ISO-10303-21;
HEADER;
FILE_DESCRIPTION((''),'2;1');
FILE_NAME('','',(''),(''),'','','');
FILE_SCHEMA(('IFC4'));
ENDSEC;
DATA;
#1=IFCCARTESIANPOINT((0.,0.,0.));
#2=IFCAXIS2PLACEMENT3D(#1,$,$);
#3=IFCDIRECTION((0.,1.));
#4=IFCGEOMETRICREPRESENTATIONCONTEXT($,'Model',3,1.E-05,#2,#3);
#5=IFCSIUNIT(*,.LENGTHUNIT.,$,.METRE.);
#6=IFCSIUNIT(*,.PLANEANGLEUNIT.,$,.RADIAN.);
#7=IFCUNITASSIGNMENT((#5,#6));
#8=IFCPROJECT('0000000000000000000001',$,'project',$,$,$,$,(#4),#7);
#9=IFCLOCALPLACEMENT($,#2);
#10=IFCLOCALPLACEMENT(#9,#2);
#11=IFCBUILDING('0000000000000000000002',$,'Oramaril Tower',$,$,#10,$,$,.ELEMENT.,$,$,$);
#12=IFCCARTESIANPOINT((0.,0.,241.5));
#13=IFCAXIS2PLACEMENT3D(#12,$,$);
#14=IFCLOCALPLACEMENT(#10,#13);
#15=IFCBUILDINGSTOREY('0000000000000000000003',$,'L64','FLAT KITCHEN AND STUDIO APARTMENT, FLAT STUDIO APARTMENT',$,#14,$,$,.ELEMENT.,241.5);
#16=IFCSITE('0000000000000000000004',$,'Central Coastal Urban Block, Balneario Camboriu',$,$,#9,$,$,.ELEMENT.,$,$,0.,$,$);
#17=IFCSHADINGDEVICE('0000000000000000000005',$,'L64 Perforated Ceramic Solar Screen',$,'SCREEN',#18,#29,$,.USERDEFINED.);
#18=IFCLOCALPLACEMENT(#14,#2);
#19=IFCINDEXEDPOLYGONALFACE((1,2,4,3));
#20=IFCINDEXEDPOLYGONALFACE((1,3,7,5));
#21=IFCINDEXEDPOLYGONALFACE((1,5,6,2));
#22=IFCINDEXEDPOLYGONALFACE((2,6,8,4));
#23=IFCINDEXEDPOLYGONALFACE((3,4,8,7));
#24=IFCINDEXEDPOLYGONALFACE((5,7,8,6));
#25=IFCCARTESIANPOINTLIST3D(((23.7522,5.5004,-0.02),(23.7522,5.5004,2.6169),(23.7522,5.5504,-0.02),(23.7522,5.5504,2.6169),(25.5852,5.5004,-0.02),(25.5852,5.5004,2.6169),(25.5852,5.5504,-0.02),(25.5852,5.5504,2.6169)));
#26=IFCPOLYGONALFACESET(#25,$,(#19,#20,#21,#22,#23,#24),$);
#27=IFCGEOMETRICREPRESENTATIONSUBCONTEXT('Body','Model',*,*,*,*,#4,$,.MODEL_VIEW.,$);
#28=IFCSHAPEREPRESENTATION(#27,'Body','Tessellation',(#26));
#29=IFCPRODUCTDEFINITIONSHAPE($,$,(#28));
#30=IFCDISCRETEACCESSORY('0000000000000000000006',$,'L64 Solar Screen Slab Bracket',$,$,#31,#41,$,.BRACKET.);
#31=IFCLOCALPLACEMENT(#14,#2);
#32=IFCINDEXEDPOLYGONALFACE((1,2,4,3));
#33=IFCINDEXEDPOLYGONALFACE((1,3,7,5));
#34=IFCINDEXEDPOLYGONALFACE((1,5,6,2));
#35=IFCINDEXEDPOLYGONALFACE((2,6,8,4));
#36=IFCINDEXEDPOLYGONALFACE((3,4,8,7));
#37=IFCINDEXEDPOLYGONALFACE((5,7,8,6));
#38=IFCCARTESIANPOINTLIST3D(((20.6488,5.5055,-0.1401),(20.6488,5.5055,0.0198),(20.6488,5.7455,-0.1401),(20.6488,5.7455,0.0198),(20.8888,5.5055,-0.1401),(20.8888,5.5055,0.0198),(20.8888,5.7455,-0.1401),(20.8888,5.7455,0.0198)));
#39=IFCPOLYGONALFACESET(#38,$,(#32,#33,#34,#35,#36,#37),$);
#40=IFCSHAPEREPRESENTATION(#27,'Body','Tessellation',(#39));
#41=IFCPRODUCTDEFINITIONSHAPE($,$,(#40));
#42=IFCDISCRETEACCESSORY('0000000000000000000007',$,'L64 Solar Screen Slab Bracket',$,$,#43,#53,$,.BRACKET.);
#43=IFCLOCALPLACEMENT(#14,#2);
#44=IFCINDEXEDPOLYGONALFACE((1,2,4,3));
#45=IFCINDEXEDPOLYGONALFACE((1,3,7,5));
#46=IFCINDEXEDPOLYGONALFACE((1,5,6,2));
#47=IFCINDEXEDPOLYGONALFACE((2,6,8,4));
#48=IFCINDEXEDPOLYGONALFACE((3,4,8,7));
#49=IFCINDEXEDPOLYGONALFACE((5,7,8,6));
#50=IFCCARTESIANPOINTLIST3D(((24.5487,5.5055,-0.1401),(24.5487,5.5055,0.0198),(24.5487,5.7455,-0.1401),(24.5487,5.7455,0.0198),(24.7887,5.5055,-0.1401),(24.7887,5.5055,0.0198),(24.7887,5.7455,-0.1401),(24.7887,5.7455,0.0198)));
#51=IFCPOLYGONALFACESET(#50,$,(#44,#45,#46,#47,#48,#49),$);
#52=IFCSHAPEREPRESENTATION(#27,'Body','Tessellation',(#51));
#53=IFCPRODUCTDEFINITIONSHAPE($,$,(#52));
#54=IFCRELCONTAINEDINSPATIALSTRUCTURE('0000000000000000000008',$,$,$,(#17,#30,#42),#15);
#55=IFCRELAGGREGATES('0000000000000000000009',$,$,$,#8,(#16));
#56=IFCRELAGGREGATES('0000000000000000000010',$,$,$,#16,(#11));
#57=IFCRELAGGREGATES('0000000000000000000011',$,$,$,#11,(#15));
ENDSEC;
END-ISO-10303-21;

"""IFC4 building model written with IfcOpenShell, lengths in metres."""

from ifc_helpers import new_model, si_unit, direction, frame, origin, origin_2d, place, context, subcontext, project, spatial, rectangle, extrude, element, save


model = new_model("IFC4")

# Units and contexts
model_context = context("Model", 3, precision=1e-05, world=origin(), true_north=direction((0.0, 1.0)))
body_context = subcontext(model_context, "Body", "Model", "MODEL_VIEW")
ifc_project = project(units=[si_unit("LENGTHUNIT", "METRE"), si_unit("PLANEANGLEUNIT", "RADIAN")], contexts=[model_context])

# Site, building, storey
site_placement = place(None, origin())
site = spatial("IfcSite", under=ifc_project, at=site_placement, Name="Central Coastal Urban Block, Balneario Camboriu", CompositionType="ELEMENT", RefElevation=0.0)
building_placement = place(site_placement, origin())
building = spatial("IfcBuilding", under=site, at=building_placement, Name="Oramaril Tower", CompositionType="ELEMENT")
storey_placement = place(building_placement, frame((0.0, 0.0, 241.5)))
storey = spatial("IfcBuildingStorey", under=building, at=storey_placement, Name="L64", Description="FLAT KITCHEN AND STUDIO APARTMENT, FLAT STUDIO APARTMENT", CompositionType="ELEMENT", Elevation=241.5)

# Shading device
for number, where, z_axis, x_axis, name in (
    (1, (24.6687, 5.5254, -0.02), (0.0, 0.0, 1.0), (1.0, 0.0, 0.0), "L64 Perforated Ceramic Solar Screen"),
):
    element("IfcShadingDevice", number, at=place(storey_placement, frame(where, z_axis=z_axis, x_axis=x_axis)), inside=storey, Name=name, ObjectType="SCREEN", PredefinedType="USERDEFINED", context=body_context, shape_type="SweptSolid", body=[
        extrude(rectangle(XDim=1.833, YDim=0.05, at=origin_2d()), origin(), (0.0, 0.0, 1.0), 2.637),
    ])

# Discrete accessories
for number, where, z_axis, x_axis, name in (
    (2, (20.7688, 5.6255, -0.1401), (0.0, 0.0, 1.0), (1.0, 0.0, 0.0), "L64 Solar Screen Slab Bracket"),
    (3, (24.6687, 5.6255, -0.1401), (0.0, 0.0, 1.0), (1.0, 0.0, 0.0), "L64 Solar Screen Slab Bracket"),
):
    element("IfcDiscreteAccessory", number, at=place(storey_placement, frame(where, z_axis=z_axis, x_axis=x_axis)), inside=storey, Name=name, PredefinedType="BRACKET", context=body_context, shape_type="SweptSolid", body=[
        extrude(rectangle(XDim=0.24, YDim=0.24, at=origin_2d()), origin(), (0.0, 0.0, 1.0), 0.1599),
    ])

save(model, "model.ifc")
